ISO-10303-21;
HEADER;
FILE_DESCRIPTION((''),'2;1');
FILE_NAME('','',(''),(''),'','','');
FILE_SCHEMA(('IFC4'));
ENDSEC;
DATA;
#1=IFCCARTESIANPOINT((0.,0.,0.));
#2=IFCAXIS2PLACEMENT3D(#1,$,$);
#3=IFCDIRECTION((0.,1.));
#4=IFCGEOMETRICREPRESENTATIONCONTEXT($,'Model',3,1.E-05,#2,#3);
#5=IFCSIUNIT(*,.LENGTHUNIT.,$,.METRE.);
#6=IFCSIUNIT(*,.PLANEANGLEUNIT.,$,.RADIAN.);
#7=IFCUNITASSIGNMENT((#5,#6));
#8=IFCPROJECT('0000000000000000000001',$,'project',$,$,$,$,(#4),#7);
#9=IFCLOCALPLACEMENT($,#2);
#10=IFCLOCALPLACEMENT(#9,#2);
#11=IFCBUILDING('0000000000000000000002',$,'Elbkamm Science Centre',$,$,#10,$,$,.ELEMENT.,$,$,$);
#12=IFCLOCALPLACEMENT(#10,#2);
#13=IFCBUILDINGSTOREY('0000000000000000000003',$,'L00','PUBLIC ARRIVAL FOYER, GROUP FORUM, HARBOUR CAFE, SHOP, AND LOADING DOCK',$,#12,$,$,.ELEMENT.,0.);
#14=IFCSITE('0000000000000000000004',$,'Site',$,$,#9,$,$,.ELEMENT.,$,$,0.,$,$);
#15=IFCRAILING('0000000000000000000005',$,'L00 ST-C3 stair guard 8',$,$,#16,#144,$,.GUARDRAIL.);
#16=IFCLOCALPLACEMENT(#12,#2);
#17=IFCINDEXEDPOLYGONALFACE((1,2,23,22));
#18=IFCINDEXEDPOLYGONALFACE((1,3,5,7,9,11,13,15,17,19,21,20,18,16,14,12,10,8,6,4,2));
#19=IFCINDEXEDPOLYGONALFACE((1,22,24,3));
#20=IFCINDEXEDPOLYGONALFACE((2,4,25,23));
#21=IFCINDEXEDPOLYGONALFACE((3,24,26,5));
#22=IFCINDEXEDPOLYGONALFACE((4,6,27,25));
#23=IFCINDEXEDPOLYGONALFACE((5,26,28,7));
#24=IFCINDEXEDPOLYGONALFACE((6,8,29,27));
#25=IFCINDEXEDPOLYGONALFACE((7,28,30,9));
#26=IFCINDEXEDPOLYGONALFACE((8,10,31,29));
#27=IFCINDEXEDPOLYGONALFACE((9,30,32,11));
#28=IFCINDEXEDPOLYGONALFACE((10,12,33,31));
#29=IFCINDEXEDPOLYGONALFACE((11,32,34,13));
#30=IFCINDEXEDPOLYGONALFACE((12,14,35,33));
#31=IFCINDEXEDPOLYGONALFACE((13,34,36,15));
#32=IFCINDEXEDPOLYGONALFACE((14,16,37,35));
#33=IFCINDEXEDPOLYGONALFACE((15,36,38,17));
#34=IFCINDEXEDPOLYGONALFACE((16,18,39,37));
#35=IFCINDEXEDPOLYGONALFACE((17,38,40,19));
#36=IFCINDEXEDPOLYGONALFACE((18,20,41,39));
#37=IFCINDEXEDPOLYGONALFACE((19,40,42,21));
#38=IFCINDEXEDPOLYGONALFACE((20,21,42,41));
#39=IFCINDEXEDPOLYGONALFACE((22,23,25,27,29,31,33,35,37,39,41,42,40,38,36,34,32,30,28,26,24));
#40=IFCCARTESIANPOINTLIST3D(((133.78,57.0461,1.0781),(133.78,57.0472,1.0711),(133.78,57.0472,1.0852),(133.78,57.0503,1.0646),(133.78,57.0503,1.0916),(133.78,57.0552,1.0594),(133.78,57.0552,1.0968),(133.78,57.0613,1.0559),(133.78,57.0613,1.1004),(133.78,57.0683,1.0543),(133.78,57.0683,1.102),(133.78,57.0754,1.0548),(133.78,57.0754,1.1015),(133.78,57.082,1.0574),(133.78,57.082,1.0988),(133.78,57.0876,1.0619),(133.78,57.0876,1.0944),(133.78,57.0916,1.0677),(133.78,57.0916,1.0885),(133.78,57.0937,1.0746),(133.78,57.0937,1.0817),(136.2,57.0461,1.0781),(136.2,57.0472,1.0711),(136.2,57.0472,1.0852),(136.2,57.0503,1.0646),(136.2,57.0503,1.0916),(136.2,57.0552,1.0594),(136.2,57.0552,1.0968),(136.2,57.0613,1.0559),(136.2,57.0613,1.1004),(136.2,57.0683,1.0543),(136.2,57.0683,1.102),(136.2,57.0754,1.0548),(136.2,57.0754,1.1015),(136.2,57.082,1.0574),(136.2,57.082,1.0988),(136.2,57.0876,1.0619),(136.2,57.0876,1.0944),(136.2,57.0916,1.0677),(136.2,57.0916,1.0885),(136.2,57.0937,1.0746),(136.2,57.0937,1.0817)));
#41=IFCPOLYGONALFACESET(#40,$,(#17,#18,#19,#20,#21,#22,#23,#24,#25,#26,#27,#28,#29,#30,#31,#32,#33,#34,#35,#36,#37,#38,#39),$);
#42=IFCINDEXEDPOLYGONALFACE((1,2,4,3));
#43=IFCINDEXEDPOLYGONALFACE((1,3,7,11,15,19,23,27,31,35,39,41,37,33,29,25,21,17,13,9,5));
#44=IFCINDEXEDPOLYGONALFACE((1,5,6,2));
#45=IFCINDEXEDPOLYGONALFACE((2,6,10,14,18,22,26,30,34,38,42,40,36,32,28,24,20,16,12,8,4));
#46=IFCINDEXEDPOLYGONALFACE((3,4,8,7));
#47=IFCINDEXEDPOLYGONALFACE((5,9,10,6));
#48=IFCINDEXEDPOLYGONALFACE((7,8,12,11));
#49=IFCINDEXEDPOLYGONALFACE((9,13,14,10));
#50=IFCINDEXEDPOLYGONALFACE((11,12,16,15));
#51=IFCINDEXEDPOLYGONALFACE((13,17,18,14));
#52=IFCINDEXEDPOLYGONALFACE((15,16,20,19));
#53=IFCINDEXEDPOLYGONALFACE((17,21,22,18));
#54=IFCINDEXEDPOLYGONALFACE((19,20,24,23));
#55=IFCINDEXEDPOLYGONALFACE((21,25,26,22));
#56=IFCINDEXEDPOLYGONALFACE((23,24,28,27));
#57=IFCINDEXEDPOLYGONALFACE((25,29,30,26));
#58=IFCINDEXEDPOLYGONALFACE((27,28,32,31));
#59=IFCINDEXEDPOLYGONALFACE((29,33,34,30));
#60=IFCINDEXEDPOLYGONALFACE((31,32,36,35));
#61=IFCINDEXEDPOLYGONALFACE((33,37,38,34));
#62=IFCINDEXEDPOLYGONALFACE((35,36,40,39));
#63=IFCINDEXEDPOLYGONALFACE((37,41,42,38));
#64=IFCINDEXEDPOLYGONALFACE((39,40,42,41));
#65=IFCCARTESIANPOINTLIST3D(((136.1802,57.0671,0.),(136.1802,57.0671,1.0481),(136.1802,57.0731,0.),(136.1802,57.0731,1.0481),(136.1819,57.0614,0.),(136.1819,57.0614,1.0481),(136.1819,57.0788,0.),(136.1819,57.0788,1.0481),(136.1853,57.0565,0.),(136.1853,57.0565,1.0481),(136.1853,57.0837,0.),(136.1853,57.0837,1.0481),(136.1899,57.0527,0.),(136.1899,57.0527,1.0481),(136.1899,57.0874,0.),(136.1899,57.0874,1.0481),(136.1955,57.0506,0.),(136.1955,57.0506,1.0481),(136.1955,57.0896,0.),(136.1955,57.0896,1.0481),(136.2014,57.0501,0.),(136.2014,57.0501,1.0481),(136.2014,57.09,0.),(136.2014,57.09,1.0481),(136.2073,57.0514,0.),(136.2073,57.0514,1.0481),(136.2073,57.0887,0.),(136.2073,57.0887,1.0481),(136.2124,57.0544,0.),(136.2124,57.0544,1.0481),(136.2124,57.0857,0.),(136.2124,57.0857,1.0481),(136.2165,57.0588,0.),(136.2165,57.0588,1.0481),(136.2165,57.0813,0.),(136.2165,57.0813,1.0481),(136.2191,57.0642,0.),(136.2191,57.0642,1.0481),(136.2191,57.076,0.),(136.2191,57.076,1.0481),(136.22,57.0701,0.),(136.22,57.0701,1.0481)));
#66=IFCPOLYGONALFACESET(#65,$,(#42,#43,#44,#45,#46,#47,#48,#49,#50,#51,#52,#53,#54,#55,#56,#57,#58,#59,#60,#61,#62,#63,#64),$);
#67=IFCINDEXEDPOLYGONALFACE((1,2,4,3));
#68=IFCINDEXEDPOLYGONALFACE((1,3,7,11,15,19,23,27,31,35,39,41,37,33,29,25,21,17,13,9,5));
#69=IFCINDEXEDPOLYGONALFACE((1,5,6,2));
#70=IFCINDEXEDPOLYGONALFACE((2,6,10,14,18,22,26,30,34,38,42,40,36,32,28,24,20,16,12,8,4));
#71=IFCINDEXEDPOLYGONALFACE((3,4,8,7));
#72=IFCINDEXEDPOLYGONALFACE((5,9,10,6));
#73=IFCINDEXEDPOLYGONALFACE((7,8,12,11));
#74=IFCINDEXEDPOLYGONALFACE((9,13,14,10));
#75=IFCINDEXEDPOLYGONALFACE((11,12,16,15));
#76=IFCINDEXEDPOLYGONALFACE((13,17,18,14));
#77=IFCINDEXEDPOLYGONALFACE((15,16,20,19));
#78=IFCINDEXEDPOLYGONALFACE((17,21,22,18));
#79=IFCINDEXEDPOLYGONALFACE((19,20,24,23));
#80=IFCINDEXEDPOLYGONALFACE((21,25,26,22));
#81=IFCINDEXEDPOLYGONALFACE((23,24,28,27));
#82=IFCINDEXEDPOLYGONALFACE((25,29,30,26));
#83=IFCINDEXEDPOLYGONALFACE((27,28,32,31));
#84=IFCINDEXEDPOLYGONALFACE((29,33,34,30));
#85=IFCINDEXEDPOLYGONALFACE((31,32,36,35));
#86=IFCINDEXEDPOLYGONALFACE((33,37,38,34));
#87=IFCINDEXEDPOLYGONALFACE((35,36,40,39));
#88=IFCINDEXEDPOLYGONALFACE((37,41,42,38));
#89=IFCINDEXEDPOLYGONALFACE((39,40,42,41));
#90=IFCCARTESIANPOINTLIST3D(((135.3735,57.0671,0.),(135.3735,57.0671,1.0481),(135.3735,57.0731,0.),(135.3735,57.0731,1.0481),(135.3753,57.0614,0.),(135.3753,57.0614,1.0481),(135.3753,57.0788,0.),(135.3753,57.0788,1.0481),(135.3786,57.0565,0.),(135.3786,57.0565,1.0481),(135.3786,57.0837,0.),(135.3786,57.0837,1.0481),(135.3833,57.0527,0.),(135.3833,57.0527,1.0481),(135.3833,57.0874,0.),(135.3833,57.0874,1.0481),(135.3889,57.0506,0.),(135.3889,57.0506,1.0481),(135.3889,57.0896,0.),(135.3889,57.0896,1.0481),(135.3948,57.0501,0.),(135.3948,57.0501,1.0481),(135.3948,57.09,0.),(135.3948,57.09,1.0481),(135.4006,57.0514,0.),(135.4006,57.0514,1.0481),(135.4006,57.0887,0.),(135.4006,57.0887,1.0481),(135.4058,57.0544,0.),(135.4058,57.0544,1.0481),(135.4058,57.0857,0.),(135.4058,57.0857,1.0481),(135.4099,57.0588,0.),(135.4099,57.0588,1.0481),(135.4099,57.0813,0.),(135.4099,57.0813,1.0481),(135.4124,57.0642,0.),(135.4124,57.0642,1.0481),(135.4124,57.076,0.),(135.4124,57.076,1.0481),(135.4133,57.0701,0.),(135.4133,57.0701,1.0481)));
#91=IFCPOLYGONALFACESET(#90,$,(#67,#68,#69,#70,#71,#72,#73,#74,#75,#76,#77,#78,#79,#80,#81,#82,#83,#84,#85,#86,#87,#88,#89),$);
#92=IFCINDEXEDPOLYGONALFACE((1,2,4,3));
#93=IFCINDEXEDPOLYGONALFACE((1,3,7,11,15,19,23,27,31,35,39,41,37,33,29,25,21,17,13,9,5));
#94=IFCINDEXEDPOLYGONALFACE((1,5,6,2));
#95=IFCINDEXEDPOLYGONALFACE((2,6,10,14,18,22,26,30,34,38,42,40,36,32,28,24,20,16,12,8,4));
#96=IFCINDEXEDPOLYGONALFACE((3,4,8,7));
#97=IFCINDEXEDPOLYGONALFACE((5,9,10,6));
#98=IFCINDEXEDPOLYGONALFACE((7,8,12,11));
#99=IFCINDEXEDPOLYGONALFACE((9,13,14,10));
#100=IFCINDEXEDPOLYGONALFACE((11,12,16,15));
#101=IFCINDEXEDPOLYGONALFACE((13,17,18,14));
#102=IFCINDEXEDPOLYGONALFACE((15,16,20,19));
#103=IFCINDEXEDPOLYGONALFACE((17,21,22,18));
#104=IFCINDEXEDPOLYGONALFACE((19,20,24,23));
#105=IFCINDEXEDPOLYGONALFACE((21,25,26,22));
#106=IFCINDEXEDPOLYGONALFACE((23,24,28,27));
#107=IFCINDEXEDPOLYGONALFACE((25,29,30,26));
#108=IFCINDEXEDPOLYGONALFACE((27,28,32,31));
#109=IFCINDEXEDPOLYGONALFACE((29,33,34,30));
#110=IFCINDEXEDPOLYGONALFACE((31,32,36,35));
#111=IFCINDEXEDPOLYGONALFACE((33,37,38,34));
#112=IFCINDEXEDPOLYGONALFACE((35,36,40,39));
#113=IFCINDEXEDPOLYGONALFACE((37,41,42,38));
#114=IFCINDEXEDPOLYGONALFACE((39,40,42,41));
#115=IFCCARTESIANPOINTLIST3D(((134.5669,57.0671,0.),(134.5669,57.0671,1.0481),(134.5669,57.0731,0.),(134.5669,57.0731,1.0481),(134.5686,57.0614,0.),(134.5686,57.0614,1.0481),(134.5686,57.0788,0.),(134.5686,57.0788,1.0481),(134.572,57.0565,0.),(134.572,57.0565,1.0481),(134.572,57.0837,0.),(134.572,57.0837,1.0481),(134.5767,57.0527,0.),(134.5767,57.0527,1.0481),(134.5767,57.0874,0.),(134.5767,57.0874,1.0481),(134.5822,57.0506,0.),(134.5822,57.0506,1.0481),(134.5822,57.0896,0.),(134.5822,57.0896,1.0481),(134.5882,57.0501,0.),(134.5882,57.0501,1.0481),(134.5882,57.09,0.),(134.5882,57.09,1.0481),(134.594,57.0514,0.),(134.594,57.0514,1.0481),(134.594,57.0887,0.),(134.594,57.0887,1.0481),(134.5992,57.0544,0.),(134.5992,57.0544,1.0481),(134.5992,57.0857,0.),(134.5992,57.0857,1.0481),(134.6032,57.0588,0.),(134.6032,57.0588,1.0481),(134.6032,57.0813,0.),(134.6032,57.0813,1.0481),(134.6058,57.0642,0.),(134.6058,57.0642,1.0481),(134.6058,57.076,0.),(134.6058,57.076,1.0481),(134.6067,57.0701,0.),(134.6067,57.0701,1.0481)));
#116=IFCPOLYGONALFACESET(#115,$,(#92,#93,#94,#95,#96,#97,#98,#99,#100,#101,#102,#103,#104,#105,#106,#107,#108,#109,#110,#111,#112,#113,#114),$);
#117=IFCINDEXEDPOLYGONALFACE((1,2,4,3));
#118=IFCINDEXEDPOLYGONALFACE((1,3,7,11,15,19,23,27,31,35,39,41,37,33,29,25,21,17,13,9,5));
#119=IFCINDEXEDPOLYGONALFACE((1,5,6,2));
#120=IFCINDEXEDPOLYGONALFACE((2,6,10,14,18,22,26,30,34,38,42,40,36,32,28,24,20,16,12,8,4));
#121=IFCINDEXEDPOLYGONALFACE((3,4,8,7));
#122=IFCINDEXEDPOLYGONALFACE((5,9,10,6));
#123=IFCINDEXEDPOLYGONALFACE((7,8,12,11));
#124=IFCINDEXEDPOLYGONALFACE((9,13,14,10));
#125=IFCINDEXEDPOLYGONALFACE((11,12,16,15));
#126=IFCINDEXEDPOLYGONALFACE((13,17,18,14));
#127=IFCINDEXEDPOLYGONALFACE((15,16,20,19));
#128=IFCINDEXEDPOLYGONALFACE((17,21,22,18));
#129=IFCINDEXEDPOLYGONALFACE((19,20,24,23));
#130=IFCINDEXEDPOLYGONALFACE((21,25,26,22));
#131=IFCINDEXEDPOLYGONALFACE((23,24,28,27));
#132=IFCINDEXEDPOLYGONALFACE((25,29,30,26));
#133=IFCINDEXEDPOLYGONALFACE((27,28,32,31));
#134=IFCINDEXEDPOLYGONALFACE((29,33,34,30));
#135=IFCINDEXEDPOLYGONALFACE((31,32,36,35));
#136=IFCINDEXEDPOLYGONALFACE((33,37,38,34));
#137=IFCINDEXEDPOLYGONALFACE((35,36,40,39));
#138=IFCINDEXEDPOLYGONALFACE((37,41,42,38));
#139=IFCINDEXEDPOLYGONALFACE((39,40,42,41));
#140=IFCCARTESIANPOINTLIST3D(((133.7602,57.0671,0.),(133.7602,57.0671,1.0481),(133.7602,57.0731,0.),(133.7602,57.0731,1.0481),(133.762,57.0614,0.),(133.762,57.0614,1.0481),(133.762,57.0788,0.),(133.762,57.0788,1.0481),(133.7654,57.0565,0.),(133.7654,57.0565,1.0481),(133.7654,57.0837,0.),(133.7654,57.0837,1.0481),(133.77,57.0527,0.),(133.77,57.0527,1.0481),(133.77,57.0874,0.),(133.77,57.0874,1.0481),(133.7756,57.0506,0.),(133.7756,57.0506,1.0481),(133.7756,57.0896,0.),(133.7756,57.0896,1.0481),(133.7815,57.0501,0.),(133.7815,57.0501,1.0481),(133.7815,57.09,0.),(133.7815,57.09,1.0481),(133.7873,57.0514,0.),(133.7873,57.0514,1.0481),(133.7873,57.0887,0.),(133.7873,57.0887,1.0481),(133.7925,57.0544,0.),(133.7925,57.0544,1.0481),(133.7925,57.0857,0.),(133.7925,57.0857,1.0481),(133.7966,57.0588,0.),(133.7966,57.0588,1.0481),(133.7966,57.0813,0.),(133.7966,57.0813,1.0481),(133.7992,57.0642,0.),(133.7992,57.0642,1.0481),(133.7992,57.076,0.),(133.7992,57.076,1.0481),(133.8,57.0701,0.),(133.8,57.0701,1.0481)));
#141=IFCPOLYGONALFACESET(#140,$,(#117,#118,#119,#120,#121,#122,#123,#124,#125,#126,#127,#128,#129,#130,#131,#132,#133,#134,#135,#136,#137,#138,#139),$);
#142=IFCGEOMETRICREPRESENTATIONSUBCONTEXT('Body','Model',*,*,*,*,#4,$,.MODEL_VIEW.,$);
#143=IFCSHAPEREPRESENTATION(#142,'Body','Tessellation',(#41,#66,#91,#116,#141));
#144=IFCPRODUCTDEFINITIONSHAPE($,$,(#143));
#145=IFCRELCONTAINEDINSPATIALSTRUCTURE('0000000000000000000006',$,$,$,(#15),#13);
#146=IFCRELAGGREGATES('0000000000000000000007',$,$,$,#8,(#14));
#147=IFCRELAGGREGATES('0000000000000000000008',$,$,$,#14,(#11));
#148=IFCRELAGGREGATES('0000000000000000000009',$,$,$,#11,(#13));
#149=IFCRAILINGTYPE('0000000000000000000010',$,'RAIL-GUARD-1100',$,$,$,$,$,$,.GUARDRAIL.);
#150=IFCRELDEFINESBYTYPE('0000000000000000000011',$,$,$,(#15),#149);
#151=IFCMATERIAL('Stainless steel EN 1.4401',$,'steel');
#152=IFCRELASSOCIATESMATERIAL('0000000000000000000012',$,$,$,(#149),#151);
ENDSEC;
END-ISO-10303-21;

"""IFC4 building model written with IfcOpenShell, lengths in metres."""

from ifc_helpers import new_model, si_unit, direction, frame, origin, origin_2d, place, context, subcontext, project, spatial, circle, extrude, material, type_object, element, save


model = new_model("IFC4")

# Units and contexts
model_context = context("Model", 3, precision=1e-05, world=origin(), true_north=direction((0.0, 1.0)))
body_context = subcontext(model_context, "Body", "Model", "MODEL_VIEW")
ifc_project = project(units=[si_unit("LENGTHUNIT", "METRE"), si_unit("PLANEANGLEUNIT", "RADIAN")], contexts=[model_context])

# Site, building, storey
site_placement = place(None, origin())
site = spatial("IfcSite", under=ifc_project, at=site_placement, Name="Site", CompositionType="ELEMENT", RefElevation=0.0)
building_placement = place(site_placement, origin())
building = spatial("IfcBuilding", under=site, at=building_placement, Name="Elbkamm Science Centre", CompositionType="ELEMENT")
storey_placement = place(building_placement, origin())
storey = spatial("IfcBuildingStorey", under=building, at=storey_placement, Name="L00", Description="PUBLIC ARRIVAL FOYER, GROUP FORUM, HARBOUR CAFE, SHOP, AND LOADING DOCK", CompositionType="ELEMENT", Elevation=0.0)

# Railing
ifc_material_1 = material(Name="Stainless steel EN 1.4401", Category="steel")
railing_type = type_object("IfcRailingType", Name="RAIL-GUARD-1100", PredefinedType="GUARDRAIL", material=ifc_material_1)
for number, where, name in (
    (1, (136.2, 57.0701, 0.0), "L00 ST-C3 stair guard 8"),
):
    element("IfcRailing", number, at=place(storey_placement, frame(where)), inside=storey, type_object=railing_type, Name=name, PredefinedType="GUARDRAIL", context=body_context, shape_type="SweptSolid", body=[
        extrude(circle(Radius=0.0239, at=origin_2d()), frame((0.0, 0.0, 1.0781), z_axis=(-1.0, 0.0, 0.0), x_axis=(0.0, -1.0, 0.0)), (0.0, 0.0, 1.0), 2.4199),
        extrude(circle(Radius=0.02, at=origin_2d()), origin(), (0.0, 0.0, 1.0), 1.0481),
        extrude(circle(Radius=0.02, at=origin_2d()), frame((-0.8066, 0.0, 0.0)), (0.0, 0.0, 1.0), 1.0481),
        extrude(circle(Radius=0.02, at=origin_2d()), frame((-1.6133, 0.0, 0.0)), (0.0, 0.0, 1.0), 1.0481),
        extrude(circle(Radius=0.02, at=origin_2d()), frame((-2.4199, 0.0, 0.0)), (0.0, 0.0, 1.0), 1.0481),
    ])

save(model, "model.ifc")
